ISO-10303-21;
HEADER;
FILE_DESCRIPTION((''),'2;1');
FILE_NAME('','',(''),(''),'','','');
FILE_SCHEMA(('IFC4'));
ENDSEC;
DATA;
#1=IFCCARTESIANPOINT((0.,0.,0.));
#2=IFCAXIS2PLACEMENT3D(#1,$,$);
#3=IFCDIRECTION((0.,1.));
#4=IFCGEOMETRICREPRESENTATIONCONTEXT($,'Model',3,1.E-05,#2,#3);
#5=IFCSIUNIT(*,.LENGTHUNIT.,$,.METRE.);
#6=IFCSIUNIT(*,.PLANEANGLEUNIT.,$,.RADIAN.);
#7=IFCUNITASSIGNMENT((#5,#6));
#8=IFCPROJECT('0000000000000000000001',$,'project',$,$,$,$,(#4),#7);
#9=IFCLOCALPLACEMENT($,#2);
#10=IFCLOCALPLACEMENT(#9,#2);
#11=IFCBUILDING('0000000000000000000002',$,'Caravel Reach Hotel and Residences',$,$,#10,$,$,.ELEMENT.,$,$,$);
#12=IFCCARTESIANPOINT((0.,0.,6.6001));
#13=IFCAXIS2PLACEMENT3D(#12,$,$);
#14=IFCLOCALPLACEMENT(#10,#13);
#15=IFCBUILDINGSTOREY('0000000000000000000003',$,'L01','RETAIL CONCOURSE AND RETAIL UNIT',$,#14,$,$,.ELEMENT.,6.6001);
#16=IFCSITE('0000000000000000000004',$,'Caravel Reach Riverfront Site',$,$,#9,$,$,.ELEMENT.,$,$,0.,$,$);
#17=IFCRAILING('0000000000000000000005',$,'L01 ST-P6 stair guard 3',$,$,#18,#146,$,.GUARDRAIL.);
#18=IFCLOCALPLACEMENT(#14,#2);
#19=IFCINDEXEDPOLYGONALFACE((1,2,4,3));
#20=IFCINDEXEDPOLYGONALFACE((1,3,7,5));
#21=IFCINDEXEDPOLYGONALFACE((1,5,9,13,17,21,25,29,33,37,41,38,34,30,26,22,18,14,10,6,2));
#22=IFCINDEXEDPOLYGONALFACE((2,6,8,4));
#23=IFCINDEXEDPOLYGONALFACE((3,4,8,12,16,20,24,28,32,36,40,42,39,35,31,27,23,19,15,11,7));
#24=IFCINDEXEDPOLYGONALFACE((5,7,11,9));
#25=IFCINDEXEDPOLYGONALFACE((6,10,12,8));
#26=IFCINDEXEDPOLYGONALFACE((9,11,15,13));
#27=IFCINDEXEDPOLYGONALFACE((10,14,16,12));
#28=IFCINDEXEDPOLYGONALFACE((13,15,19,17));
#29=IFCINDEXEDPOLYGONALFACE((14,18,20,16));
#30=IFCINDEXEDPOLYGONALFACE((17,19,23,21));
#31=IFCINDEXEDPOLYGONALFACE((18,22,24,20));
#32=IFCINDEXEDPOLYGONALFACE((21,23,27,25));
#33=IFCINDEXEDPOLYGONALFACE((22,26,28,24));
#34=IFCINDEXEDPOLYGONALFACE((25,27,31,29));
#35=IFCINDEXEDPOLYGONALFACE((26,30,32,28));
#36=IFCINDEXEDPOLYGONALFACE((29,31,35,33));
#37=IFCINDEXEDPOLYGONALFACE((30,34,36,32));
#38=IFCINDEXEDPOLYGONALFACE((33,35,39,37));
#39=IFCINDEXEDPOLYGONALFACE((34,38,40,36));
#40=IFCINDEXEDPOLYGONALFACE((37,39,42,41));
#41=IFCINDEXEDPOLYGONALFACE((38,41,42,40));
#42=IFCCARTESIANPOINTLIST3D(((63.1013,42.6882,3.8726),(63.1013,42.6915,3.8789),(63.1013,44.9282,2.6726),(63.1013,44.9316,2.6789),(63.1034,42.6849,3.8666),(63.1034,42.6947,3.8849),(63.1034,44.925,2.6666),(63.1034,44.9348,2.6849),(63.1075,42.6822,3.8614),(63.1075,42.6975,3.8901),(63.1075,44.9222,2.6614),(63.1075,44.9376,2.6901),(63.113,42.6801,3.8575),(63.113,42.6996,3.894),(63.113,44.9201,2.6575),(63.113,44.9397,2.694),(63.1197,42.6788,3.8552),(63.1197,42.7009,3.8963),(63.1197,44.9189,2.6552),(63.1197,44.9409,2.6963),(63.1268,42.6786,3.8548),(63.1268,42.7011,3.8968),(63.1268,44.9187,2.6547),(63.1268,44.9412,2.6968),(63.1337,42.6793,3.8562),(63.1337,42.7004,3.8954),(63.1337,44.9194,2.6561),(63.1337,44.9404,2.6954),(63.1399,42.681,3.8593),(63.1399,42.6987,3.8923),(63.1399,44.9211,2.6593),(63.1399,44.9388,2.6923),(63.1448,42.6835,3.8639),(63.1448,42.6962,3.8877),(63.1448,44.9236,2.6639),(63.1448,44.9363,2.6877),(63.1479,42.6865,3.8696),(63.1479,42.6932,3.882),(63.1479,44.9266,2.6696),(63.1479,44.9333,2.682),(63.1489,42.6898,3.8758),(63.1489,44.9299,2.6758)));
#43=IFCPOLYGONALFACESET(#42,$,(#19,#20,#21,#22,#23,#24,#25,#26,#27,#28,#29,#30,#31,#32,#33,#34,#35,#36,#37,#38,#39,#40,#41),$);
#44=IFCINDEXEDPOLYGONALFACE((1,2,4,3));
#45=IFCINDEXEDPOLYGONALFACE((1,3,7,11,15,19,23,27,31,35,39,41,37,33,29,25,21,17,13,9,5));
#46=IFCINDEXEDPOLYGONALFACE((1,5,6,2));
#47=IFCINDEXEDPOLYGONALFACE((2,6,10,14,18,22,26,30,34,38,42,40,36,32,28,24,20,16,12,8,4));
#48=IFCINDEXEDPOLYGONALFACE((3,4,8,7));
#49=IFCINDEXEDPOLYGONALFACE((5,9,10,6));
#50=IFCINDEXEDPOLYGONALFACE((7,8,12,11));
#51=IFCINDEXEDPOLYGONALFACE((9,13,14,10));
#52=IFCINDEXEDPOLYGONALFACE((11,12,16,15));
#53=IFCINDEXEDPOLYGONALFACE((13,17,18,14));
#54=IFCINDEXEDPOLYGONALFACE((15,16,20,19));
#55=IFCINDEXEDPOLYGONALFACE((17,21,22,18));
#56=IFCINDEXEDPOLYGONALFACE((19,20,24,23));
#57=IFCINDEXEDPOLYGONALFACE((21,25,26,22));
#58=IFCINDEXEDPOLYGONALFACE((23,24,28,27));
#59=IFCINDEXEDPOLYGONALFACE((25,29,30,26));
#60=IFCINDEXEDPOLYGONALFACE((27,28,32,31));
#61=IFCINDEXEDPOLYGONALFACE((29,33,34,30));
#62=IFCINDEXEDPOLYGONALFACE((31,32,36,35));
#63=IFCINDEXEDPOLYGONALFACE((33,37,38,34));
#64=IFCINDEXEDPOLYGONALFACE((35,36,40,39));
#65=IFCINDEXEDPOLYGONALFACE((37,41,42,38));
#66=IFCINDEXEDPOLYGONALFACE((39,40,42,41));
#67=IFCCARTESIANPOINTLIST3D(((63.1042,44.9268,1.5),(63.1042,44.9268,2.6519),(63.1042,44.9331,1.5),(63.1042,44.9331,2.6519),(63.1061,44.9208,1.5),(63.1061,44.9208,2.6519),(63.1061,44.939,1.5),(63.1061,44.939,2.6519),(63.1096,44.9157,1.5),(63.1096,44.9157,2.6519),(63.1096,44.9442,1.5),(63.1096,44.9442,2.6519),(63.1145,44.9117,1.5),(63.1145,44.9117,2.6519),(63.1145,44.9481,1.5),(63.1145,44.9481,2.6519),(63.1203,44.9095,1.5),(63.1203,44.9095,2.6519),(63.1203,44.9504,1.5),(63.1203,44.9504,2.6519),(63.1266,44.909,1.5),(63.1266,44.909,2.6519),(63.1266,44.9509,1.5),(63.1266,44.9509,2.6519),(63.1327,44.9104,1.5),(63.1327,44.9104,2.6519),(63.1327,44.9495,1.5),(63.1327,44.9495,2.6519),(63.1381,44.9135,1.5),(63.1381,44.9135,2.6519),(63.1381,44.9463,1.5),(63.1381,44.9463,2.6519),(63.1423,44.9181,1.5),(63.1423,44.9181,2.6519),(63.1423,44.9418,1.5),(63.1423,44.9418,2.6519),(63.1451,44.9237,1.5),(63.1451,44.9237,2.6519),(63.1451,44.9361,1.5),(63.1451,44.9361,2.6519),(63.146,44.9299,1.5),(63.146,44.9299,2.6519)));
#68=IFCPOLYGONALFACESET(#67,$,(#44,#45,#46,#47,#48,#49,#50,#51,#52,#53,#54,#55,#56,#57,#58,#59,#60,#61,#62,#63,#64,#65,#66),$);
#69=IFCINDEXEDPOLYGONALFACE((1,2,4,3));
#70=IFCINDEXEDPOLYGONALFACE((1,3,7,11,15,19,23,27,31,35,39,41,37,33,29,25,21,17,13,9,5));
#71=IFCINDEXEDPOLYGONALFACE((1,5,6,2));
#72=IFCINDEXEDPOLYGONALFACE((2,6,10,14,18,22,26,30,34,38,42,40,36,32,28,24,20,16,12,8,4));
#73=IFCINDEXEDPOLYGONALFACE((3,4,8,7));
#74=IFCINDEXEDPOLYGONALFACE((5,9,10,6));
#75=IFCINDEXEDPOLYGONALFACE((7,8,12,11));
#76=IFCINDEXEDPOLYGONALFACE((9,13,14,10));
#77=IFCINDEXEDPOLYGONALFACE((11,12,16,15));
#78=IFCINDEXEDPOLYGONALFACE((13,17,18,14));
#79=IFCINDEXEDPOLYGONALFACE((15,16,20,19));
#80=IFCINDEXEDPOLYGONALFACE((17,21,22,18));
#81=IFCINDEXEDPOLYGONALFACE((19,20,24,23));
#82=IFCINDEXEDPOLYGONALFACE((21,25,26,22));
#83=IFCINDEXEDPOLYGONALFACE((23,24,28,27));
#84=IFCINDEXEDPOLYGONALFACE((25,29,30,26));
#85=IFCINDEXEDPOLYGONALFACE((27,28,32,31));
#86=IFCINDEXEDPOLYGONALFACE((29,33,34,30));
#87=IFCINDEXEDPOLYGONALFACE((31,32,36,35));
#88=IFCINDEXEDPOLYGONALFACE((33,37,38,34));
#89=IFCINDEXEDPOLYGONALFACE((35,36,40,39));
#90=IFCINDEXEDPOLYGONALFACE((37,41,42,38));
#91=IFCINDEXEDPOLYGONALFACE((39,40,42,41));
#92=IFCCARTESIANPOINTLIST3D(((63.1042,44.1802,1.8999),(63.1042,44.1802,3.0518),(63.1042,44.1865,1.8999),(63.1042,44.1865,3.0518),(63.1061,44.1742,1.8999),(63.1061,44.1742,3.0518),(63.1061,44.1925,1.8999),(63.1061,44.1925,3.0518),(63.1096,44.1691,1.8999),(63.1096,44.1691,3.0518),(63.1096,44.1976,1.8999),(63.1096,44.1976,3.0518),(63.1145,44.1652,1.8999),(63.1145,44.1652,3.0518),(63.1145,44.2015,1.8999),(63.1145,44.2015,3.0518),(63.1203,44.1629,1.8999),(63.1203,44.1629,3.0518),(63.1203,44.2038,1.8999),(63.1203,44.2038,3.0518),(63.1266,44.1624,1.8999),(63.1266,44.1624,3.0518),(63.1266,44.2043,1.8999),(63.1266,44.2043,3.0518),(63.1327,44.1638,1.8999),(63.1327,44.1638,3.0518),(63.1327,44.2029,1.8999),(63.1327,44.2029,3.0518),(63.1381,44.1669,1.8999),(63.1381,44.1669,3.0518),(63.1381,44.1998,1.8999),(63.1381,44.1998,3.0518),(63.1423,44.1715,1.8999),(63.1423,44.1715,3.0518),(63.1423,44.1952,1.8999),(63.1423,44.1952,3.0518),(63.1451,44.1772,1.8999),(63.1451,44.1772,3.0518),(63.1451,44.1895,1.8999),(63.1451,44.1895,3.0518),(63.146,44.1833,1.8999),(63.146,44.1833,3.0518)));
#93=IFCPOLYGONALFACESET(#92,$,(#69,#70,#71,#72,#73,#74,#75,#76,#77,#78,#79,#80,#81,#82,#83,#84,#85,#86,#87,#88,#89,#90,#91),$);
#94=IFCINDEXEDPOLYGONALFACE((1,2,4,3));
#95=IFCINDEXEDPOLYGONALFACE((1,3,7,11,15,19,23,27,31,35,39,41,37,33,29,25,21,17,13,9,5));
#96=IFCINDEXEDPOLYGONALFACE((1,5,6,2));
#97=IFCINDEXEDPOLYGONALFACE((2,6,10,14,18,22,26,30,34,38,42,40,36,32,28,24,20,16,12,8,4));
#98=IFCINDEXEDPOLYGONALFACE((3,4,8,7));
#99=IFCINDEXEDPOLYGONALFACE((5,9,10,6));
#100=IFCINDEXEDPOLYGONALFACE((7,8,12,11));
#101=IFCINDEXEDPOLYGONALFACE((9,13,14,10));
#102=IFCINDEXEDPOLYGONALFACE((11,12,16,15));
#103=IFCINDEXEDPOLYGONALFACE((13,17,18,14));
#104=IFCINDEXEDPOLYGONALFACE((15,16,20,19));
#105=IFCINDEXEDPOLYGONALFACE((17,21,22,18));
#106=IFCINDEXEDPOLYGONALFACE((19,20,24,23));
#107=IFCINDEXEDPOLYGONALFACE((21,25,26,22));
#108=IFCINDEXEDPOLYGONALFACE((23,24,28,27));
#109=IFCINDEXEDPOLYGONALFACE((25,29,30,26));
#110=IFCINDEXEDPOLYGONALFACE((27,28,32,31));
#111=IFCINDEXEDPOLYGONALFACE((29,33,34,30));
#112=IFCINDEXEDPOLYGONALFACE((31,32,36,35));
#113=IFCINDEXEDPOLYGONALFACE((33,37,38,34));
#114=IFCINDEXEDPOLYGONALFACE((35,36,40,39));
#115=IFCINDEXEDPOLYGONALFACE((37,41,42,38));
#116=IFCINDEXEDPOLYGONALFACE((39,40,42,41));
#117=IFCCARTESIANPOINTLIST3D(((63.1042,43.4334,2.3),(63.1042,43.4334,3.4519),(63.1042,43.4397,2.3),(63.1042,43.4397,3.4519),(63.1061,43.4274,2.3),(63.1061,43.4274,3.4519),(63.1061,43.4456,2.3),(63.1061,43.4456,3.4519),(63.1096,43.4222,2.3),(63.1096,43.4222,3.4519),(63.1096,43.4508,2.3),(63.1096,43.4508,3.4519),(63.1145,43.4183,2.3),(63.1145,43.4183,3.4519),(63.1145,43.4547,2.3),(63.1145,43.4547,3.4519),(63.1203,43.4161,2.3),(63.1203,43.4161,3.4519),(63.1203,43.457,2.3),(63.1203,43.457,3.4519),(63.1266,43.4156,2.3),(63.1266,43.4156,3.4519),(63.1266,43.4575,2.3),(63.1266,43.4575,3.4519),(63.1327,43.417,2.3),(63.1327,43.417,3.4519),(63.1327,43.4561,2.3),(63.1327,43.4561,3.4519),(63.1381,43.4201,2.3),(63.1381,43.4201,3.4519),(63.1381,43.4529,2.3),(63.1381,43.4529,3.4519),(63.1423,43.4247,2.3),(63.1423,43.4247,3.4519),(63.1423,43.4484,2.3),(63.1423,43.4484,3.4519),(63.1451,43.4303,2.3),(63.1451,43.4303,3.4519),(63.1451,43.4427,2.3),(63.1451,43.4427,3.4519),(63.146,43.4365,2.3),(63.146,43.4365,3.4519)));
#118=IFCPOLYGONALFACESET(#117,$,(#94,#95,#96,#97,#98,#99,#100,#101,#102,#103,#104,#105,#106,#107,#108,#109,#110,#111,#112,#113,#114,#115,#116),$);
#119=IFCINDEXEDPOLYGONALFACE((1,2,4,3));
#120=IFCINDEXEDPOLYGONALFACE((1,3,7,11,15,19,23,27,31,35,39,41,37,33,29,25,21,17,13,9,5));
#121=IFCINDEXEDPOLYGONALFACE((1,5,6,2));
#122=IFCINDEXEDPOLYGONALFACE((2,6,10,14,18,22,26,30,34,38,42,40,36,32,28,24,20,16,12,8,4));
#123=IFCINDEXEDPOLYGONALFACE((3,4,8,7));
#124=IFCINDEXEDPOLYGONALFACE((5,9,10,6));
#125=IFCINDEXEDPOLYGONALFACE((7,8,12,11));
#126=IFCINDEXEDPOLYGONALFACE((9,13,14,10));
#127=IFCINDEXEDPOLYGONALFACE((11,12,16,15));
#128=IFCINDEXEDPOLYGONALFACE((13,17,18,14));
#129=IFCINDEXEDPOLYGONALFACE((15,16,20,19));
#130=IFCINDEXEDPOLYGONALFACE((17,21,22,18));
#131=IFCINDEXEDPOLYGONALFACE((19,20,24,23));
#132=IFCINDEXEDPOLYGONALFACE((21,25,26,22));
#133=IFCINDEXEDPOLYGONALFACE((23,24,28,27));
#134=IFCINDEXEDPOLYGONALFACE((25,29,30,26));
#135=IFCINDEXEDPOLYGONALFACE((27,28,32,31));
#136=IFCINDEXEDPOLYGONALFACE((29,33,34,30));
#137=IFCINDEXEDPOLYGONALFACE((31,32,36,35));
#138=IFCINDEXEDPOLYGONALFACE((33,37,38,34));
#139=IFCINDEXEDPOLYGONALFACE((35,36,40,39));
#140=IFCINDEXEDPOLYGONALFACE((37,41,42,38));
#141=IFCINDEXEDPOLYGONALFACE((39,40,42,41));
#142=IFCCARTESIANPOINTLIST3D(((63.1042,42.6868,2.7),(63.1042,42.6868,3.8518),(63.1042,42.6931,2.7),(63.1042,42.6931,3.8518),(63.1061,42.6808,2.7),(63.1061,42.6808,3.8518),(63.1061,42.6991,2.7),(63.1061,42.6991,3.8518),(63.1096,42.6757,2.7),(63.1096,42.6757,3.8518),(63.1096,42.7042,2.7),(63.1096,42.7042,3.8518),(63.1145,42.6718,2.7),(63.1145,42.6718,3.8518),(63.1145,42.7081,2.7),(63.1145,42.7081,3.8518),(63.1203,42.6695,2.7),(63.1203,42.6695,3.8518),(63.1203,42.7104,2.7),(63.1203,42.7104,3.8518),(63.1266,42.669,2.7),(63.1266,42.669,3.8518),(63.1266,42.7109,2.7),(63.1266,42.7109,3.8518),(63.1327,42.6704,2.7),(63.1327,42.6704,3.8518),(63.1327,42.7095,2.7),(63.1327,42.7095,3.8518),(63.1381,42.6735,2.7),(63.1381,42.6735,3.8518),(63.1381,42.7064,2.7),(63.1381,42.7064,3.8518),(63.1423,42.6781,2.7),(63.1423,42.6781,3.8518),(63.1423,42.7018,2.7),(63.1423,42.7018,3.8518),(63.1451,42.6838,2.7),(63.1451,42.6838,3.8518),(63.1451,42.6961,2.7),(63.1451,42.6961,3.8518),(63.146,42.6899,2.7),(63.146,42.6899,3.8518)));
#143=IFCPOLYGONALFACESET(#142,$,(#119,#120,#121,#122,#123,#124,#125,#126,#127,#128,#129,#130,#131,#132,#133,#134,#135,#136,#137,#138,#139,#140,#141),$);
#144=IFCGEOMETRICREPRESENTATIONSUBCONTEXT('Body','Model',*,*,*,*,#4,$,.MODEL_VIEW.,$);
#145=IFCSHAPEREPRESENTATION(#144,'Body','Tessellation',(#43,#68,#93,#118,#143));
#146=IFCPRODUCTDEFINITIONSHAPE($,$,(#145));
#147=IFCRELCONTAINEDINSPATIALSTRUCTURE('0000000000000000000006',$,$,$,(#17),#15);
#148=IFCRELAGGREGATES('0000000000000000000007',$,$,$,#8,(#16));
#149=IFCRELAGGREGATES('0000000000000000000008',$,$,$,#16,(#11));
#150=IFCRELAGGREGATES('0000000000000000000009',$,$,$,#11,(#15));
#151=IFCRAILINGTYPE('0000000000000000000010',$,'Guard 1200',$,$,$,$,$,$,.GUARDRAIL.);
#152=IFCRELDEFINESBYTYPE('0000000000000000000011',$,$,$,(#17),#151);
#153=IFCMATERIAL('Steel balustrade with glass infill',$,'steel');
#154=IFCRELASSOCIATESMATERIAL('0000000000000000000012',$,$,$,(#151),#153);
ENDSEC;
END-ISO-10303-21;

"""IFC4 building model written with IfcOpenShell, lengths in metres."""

from ifc_helpers import new_model, si_unit, direction, frame, origin, origin_2d, place, context, subcontext, project, spatial, circle, extrude, material, type_object, element, save


model = new_model("IFC4")

# Units and contexts
model_context = context("Model", 3, precision=1e-05, world=origin(), true_north=direction((0.0, 1.0)))
body_context = subcontext(model_context, "Body", "Model", "MODEL_VIEW")
ifc_project = project(units=[si_unit("LENGTHUNIT", "METRE"), si_unit("PLANEANGLEUNIT", "RADIAN")], contexts=[model_context])

# Site, building, storey
site_placement = place(None, origin())
site = spatial("IfcSite", under=ifc_project, at=site_placement, Name="Caravel Reach Riverfront Site", CompositionType="ELEMENT", RefElevation=0.0)
building_placement = place(site_placement, origin())
building = spatial("IfcBuilding", under=site, at=building_placement, Name="Caravel Reach Hotel and Residences", CompositionType="ELEMENT")
storey_placement = place(building_placement, frame((0.0, 0.0, 6.6001)))
storey = spatial("IfcBuildingStorey", under=building, at=storey_placement, Name="L01", Description="RETAIL CONCOURSE AND RETAIL UNIT", CompositionType="ELEMENT", Elevation=6.6001)

# Railing
ifc_material_1 = material(Name="Steel balustrade with glass infill", Category="steel")
railing_type = type_object("IfcRailingType", Name="Guard 1200", PredefinedType="GUARDRAIL", material=ifc_material_1)
railing_1_placement = place(storey_placement, frame((63.125, 44.9299, 1.5)))
element("IfcRailing", 1, at=railing_1_placement, inside=storey, type_object=railing_type, Name="L01 ST-P6 stair guard 3", PredefinedType="GUARDRAIL", context=body_context, shape_type="SweptSolid", body=[
    extrude(circle(Radius=0.0239, at=origin_2d()), frame((0.0, 0.0, 1.1758), z_axis=(0.0, -0.881487, 0.472208), x_axis=(1.0, 0.0, 0.0)), (0.0, 0.0, 1.0), 2.5413),
    extrude(circle(Radius=0.021, at=origin_2d()), origin(), (0.0, 0.0, 1.0), 1.1519),
    extrude(circle(Radius=0.021, at=origin_2d()), frame((0.0, -0.7466, 0.3999)), (0.0, 0.0, 1.0), 1.1519),
    extrude(circle(Radius=0.021, at=origin_2d()), frame((0.0, -1.4934, 0.8)), (0.0, 0.0, 1.0), 1.1519),
    extrude(circle(Radius=0.021, at=origin_2d()), frame((0.0, -2.24, 1.2)), (0.0, 0.0, 1.0), 1.1519),
])

save(model, "model.ifc")
